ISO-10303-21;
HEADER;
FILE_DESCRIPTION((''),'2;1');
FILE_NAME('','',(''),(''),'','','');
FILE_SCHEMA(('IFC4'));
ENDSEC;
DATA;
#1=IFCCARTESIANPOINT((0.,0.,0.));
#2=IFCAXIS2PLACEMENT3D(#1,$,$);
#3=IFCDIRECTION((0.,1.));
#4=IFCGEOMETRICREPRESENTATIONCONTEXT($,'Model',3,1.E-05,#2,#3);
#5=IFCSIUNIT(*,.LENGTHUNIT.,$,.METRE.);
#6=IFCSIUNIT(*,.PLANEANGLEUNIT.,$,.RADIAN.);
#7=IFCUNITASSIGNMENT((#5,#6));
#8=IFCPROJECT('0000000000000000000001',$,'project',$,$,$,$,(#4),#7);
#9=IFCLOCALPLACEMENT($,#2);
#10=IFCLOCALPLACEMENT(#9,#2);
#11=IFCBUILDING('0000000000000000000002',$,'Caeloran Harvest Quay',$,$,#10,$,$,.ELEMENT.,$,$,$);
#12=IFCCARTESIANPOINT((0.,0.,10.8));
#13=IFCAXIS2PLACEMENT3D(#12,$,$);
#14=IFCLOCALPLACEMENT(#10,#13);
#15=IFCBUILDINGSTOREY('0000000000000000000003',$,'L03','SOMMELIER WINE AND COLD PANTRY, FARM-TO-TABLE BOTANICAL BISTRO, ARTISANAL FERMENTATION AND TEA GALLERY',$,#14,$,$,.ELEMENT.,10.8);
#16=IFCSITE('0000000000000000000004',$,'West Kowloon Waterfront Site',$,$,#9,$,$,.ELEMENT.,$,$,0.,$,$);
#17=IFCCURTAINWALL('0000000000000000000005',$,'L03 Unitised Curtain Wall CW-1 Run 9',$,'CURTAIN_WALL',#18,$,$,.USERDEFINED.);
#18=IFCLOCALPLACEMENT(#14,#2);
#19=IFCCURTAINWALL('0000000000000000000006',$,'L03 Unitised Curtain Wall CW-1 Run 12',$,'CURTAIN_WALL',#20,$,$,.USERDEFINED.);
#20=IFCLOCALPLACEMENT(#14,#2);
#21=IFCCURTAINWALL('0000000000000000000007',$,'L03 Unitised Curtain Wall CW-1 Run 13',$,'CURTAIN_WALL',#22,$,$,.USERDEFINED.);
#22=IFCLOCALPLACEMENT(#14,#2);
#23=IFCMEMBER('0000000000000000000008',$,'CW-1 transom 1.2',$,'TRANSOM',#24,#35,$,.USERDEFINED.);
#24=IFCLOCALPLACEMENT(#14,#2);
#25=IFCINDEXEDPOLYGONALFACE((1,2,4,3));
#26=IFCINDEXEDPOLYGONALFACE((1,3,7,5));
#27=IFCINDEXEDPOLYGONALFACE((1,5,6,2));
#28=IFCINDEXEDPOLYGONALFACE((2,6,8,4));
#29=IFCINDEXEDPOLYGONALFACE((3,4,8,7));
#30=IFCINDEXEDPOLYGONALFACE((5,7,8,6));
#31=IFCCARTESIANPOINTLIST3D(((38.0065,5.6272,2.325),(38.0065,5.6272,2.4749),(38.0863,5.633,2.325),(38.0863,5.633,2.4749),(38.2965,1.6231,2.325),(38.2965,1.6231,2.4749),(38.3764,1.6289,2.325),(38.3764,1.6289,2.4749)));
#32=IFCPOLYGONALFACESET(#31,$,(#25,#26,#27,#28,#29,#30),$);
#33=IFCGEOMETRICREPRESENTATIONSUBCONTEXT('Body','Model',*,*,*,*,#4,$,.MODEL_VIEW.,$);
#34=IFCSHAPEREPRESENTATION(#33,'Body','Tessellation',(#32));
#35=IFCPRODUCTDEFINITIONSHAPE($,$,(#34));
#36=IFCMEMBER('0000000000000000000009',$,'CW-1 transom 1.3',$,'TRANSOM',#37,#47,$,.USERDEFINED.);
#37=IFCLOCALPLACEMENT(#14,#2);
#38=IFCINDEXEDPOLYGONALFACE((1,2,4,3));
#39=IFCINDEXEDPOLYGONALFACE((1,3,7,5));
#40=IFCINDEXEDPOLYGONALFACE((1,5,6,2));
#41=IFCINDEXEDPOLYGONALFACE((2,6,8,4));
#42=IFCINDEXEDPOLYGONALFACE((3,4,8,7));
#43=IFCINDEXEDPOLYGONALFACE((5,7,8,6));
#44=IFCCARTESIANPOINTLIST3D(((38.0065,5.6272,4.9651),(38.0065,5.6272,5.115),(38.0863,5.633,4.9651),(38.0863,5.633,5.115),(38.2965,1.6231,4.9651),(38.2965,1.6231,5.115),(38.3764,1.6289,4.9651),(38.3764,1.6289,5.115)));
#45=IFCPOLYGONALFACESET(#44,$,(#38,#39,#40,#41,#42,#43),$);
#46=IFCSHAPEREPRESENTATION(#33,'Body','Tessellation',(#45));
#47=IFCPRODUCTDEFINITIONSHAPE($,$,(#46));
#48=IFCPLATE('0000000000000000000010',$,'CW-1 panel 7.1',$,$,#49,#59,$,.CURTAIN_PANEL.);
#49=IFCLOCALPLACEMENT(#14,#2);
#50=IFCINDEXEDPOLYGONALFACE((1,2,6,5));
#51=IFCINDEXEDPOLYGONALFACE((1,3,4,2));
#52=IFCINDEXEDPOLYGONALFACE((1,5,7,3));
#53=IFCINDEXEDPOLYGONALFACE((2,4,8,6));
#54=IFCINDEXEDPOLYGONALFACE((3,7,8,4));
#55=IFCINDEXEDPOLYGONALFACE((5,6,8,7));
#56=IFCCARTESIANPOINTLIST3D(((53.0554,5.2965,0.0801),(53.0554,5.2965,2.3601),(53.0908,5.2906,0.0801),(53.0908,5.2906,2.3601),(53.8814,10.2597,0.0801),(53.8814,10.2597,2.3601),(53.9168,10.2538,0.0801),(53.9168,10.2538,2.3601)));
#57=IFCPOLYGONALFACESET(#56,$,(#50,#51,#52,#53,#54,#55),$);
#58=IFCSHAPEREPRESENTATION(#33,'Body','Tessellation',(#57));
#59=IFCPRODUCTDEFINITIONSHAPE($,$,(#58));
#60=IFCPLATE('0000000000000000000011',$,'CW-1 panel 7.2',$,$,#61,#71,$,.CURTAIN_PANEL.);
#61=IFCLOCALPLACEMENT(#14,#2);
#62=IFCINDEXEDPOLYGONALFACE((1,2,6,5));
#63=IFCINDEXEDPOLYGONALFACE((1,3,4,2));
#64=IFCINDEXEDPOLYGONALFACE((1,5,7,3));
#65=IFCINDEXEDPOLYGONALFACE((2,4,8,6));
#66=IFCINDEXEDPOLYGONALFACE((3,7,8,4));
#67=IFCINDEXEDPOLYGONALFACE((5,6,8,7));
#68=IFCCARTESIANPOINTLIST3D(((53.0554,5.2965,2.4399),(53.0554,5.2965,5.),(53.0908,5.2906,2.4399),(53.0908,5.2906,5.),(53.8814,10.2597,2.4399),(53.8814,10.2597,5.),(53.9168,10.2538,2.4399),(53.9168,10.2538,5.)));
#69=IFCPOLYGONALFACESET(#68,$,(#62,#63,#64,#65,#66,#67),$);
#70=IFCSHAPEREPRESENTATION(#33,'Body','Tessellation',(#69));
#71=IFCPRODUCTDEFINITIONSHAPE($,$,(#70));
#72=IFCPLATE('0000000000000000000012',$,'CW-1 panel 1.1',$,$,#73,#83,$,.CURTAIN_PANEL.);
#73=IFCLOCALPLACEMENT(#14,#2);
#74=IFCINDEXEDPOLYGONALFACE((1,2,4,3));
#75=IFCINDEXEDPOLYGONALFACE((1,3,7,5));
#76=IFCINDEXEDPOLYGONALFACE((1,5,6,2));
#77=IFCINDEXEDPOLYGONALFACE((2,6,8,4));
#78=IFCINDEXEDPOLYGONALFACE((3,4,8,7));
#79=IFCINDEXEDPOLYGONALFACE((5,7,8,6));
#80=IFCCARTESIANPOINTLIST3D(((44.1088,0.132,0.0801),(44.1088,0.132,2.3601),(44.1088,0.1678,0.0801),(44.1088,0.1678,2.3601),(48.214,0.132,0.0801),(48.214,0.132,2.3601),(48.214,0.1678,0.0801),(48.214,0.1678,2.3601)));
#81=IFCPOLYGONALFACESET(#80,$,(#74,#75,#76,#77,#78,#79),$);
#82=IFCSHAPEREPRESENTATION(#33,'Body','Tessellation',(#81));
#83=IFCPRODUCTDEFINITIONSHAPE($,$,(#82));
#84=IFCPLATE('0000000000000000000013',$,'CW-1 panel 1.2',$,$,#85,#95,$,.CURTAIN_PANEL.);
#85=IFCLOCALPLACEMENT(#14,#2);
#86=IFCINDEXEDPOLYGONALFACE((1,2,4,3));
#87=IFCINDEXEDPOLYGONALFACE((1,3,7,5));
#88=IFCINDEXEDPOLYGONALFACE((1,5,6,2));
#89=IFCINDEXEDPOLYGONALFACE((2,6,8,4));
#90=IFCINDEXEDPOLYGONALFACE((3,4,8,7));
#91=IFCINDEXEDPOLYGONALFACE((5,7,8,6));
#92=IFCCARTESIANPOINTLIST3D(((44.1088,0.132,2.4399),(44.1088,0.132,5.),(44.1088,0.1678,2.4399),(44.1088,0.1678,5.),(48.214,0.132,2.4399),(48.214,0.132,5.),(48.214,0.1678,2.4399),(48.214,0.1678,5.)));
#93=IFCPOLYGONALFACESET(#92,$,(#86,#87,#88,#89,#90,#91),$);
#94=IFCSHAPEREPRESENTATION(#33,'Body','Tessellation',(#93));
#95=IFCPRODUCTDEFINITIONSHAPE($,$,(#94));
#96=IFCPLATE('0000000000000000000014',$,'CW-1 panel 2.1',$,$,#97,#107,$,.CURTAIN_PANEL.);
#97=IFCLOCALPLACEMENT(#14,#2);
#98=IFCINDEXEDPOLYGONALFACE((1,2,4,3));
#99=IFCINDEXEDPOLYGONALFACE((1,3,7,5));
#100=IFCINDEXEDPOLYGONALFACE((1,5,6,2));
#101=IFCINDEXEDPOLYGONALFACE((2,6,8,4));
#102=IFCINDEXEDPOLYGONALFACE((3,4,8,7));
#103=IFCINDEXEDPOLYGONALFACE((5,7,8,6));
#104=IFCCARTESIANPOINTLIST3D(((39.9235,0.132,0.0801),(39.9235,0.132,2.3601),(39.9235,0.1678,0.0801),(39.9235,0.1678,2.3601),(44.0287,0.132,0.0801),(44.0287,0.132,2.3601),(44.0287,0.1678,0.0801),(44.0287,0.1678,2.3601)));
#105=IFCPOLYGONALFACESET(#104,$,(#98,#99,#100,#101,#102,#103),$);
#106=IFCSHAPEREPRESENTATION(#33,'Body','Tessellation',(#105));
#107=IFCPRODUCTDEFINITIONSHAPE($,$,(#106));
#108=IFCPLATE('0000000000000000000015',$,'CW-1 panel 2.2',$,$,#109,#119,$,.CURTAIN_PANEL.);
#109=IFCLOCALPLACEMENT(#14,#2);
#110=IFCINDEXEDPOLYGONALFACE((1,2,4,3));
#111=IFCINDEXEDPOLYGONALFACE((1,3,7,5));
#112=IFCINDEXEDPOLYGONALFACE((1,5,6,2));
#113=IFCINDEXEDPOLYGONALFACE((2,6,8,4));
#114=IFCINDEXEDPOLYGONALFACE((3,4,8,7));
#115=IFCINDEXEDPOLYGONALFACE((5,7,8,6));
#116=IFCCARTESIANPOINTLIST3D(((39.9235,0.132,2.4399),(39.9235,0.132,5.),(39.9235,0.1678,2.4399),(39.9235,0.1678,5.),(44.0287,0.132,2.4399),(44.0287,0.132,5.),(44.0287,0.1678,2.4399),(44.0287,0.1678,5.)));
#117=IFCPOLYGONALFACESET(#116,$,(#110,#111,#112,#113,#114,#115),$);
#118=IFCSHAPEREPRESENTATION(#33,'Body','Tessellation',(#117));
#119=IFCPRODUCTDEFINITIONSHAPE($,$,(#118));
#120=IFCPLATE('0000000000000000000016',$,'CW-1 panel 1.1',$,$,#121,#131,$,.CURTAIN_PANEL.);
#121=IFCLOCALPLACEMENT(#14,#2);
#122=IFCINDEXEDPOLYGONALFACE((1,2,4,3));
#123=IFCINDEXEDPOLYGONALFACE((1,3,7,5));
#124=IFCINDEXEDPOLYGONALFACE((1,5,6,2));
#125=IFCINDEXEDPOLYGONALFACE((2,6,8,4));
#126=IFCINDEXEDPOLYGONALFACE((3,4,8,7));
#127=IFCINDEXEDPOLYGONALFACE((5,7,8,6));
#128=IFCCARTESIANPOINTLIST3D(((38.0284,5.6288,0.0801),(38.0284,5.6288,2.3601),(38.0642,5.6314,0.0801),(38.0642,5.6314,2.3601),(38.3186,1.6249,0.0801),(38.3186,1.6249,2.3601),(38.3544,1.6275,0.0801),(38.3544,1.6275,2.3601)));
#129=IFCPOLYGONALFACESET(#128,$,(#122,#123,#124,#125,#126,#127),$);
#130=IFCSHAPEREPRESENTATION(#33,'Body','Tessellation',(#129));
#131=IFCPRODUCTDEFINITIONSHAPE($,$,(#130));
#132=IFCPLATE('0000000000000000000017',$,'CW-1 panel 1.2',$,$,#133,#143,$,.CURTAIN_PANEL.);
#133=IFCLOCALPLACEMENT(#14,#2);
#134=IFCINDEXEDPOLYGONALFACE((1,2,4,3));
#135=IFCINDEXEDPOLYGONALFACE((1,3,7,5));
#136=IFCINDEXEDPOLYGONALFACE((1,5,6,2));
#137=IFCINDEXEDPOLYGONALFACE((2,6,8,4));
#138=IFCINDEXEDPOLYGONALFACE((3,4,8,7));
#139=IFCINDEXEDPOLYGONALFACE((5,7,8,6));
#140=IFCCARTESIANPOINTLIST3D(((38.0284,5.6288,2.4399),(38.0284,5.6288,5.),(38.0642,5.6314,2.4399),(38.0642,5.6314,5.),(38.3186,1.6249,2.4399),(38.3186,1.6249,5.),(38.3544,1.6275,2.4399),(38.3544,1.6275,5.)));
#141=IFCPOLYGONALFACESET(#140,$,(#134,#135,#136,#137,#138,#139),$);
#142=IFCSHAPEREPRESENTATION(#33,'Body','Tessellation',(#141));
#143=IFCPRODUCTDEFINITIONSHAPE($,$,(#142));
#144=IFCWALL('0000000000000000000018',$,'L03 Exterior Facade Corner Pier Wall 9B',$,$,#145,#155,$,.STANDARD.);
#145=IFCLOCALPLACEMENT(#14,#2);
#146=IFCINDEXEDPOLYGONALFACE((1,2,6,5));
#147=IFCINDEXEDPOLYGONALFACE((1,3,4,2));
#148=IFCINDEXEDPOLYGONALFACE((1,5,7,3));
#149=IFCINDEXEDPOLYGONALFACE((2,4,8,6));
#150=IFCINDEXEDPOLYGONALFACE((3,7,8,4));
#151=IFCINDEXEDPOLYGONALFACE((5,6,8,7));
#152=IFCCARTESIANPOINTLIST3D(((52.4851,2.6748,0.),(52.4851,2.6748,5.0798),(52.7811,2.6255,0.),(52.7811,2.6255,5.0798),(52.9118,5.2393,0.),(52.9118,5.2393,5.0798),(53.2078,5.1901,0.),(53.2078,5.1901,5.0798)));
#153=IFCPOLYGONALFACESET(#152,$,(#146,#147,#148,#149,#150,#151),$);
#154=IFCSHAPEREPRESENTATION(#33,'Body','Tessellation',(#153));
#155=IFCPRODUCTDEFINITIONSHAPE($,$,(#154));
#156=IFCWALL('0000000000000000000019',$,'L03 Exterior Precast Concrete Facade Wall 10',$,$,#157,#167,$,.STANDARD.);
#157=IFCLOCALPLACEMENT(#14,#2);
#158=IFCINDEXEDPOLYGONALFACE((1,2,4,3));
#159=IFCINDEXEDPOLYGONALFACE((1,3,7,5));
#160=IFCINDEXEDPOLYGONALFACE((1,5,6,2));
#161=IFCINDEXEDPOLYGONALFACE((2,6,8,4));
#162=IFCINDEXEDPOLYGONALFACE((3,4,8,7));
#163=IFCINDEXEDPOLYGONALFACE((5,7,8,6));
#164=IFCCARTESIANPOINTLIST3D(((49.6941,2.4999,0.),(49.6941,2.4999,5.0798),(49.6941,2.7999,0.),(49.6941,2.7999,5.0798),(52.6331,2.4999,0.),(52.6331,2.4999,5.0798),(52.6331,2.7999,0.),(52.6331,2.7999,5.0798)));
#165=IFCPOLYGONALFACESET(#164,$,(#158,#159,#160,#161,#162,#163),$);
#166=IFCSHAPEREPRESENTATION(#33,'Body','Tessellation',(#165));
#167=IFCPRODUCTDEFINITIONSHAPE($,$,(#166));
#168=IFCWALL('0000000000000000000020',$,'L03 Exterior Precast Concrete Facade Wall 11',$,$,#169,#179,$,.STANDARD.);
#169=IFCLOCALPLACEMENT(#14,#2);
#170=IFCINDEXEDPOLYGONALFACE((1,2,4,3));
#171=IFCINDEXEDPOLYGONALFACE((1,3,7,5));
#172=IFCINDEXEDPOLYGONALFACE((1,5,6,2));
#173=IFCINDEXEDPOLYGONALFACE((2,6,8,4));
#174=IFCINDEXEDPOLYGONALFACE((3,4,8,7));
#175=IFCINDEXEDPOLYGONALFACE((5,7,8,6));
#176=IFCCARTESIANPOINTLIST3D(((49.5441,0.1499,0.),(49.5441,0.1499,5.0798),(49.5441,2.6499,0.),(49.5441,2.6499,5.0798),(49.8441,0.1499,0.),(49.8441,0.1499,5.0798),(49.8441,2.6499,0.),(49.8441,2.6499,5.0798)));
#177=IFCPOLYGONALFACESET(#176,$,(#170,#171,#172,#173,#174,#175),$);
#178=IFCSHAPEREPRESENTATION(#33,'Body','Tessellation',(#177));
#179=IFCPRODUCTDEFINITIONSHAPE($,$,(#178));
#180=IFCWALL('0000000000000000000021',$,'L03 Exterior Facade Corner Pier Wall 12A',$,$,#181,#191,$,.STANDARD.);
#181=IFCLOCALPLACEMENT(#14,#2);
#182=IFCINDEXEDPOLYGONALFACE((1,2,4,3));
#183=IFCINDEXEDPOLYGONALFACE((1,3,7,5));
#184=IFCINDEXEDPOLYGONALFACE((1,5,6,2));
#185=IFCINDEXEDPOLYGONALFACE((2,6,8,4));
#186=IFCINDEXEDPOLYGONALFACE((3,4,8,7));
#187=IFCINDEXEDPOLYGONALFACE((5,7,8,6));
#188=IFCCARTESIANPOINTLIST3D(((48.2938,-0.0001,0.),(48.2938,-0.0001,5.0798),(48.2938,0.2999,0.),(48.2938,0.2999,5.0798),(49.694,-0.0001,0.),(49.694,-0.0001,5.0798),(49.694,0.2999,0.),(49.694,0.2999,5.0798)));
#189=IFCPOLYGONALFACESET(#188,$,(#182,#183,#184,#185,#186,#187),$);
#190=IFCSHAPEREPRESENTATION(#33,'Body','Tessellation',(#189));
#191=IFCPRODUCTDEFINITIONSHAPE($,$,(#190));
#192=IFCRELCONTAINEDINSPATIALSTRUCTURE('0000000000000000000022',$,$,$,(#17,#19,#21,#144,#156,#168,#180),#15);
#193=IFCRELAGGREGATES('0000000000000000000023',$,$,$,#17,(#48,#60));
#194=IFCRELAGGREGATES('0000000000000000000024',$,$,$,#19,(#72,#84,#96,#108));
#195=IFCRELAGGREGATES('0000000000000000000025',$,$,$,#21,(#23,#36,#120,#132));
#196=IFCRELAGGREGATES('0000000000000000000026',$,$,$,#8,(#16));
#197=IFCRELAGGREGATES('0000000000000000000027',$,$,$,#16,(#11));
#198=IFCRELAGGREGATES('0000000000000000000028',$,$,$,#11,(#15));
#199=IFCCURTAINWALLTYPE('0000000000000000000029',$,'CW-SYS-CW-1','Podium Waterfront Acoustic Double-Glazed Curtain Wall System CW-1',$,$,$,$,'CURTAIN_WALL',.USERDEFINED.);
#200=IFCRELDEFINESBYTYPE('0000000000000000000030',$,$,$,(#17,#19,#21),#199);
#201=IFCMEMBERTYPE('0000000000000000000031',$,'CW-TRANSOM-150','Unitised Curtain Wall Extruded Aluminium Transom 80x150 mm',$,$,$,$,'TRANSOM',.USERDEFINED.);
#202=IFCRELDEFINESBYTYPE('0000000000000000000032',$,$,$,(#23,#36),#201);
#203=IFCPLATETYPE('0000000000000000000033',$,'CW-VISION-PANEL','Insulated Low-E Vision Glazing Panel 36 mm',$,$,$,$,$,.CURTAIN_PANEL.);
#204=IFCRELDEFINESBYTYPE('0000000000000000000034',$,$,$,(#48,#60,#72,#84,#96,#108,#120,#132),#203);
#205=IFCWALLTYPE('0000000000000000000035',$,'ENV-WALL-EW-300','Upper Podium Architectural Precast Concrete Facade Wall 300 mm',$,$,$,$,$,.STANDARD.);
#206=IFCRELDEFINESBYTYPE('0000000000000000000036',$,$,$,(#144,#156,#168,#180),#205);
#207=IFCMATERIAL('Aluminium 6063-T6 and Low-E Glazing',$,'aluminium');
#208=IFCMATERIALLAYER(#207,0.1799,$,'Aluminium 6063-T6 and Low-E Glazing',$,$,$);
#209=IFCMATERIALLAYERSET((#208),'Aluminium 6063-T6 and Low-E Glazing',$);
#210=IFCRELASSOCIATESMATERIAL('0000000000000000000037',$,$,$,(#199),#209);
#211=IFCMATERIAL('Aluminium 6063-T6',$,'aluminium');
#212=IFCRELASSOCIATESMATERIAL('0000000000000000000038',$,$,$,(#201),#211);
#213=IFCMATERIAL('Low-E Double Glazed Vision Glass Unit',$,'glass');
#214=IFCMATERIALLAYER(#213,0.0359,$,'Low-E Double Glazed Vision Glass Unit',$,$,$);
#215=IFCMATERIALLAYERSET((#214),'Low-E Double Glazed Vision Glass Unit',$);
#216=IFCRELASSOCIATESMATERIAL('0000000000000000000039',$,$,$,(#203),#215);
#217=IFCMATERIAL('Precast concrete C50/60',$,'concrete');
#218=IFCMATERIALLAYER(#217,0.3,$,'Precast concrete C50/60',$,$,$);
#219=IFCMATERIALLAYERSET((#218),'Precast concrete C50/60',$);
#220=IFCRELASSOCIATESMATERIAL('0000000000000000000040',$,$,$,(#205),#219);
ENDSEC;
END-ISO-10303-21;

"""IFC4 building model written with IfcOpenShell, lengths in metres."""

from ifc_helpers import new_model, si_unit, direction, frame, frame_2d, origin, origin_2d, place, context, subcontext, project, spatial, rectangle, extrude, material, layer, layer_set, material_profile, profile_set, type_object, element, aggregate, save


model = new_model("IFC4")

# Units and contexts
model_context = context("Model", 3, precision=1e-05, world=origin(), true_north=direction((0.0, 1.0)))
body_context = subcontext(model_context, "Body", "Model", "MODEL_VIEW")
ifc_project = project(units=[si_unit("LENGTHUNIT", "METRE"), si_unit("PLANEANGLEUNIT", "RADIAN")], contexts=[model_context])

# Site, building, storey
site_placement = place(None, origin())
site = spatial("IfcSite", under=ifc_project, at=site_placement, Name="West Kowloon Waterfront Site", CompositionType="ELEMENT", RefElevation=0.0)
building_placement = place(site_placement, origin())
building = spatial("IfcBuilding", under=site, at=building_placement, Name="Caeloran Harvest Quay", CompositionType="ELEMENT")
storey_placement = place(building_placement, frame((0.0, 0.0, 10.8)))
storey = spatial("IfcBuildingStorey", under=building, at=storey_placement, Name="L03", Description="SOMMELIER WINE AND COLD PANTRY, FARM-TO-TABLE BOTANICAL BISTRO, ARTISANAL FERMENTATION AND TEA GALLERY", CompositionType="ELEMENT", Elevation=10.8)

# Curtain wall
ifc_material_1 = material(Name="Aluminium 6063-T6 and Low-E Glazing", Category="aluminium")
ifc_layer_1 = layer(ifc_material_1, 0.1799, Name="Aluminium 6063-T6 and Low-E Glazing")
ifc_layer_set_1 = layer_set([ifc_layer_1], Name="Aluminium 6063-T6 and Low-E Glazing")
curtain_wall_type = type_object("IfcCurtainWallType", Name="CW-SYS-CW-1", Description="Podium Waterfront Acoustic Double-Glazed Curtain Wall System CW-1", ElementType="CURTAIN_WALL", PredefinedType="USERDEFINED", material=ifc_layer_set_1)
curtain_wall_1_placement = place(storey_placement, origin())
curtain_wall_1 = element("IfcCurtainWall", 1, at=curtain_wall_1_placement, inside=storey, type_object=curtain_wall_type, Name="L03 Unitised Curtain Wall CW-1 Run 9", ObjectType="CURTAIN_WALL", PredefinedType="USERDEFINED")
ifc_material_2 = material(Name="Aluminium 6063-T6", Category="aluminium")

# Curtain walls
curtain_wall_2_placement = place(storey_placement, origin())
curtain_wall_2 = element("IfcCurtainWall", 2, at=curtain_wall_2_placement, inside=storey, type_object=curtain_wall_type, Name="L03 Unitised Curtain Wall CW-1 Run 12", ObjectType="CURTAIN_WALL", PredefinedType="USERDEFINED")
curtain_wall_3_placement = place(storey_placement, origin())
curtain_wall_3 = element("IfcCurtainWall", 3, at=curtain_wall_3_placement, inside=storey, type_object=curtain_wall_type, Name="L03 Unitised Curtain Wall CW-1 Run 13", ObjectType="CURTAIN_WALL", PredefinedType="USERDEFINED")

# Members
ifc_material_profile_1 = material_profile(ifc_material_2, rectangle(XDim=0.0801, YDim=0.1499, at=origin_2d()), Name="CW-TRANSOM-150")
ifc_profile_set_1 = profile_set([ifc_material_profile_1], Name="Aluminium 6063-T6")
member_type_1 = type_object("IfcMemberType", Name="CW-TRANSOM-150", Description="Unitised Curtain Wall Extruded Aluminium Transom 80x150 mm", ElementType="TRANSOM", PredefinedType="USERDEFINED", material=ifc_profile_set_1)
member_1_placement = place(storey_placement, frame((38.3364, 1.626, 2.3999), z_axis=(-0.072245, 0.997387, 0.0), x_axis=(-0.997387, -0.072245, 0.0)))
member_1 = element("IfcMember", 4, at=member_1_placement, type_object=member_type_1, Name="CW-1 transom 1.2", ObjectType="TRANSOM", PredefinedType="USERDEFINED", context=body_context, shape_type="SweptSolid", body=[
    extrude(rectangle(XDim=0.0801, YDim=0.1499, at=origin_2d()), origin(), (0.0, 0.0, 1.0), 4.0146),
])
member_2_placement = place(storey_placement, frame((38.3364, 1.626, 5.04), z_axis=(-0.072245, 0.997387, 0.0), x_axis=(-0.997387, -0.072245, 0.0)))
member_2 = element("IfcMember", 5, at=member_2_placement, type_object=member_type_1, Name="CW-1 transom 1.3", ObjectType="TRANSOM", PredefinedType="USERDEFINED", context=body_context, shape_type="SweptSolid", body=[
    extrude(rectangle(XDim=0.0801, YDim=0.1499, at=origin_2d()), origin(), (0.0, 0.0, 1.0), 4.0146),
])

# Plates
ifc_material_3 = material(Name="Low-E Double Glazed Vision Glass Unit", Category="glass")
ifc_layer_2 = layer(ifc_material_3, 0.0359, Name="Low-E Double Glazed Vision Glass Unit")
ifc_layer_set_2 = layer_set([ifc_layer_2], Name="Low-E Double Glazed Vision Glass Unit")
plate_type = type_object("IfcPlateType", Name="CW-VISION-PANEL", Description="Insulated Low-E Vision Glazing Panel 36 mm", PredefinedType="CURTAIN_PANEL", material=ifc_layer_set_2)
plate_1_placement = place(storey_placement, frame((53.4861, 7.7751, 0.0801), z_axis=(0.0, 0.0, 1.0), x_axis=(-0.164174, -0.986431, 0.0)))
plate_1 = element("IfcPlate", 6, at=plate_1_placement, type_object=plate_type, Name="CW-1 panel 7.1", PredefinedType="CURTAIN_PANEL", context=body_context, shape_type="SweptSolid", body=[
    extrude(rectangle(XDim=5.0315, YDim=0.0359, at=origin_2d()), origin(), (0.0, 0.0, 1.0), 2.28),
])
plate_2_placement = place(storey_placement, frame((53.4861, 7.7751, 2.4399), z_axis=(0.0, 0.0, 1.0), x_axis=(-0.164174, -0.986431, 0.0)))
plate_2 = element("IfcPlate", 7, at=plate_2_placement, type_object=plate_type, Name="CW-1 panel 7.2", PredefinedType="CURTAIN_PANEL", context=body_context, shape_type="SweptSolid", body=[
    extrude(rectangle(XDim=5.0315, YDim=0.0359, at=origin_2d()), origin(), (0.0, 0.0, 1.0), 2.5601),
])
aggregate(curtain_wall_1, [plate_1, plate_2])
plate_3_placement = place(storey_placement, frame((46.1614, 0.1499, 0.0801), z_axis=(0.0, 0.0, 1.0), x_axis=(-1.0, 0.0, 0.0)))
plate_3 = element("IfcPlate", 8, at=plate_3_placement, type_object=plate_type, Name="CW-1 panel 1.1", PredefinedType="CURTAIN_PANEL", context=body_context, shape_type="SweptSolid", body=[
    extrude(rectangle(XDim=4.1052, YDim=0.0359, at=origin_2d()), origin(), (0.0, 0.0, 1.0), 2.28),
])
plate_4_placement = place(storey_placement, frame((46.1614, 0.1499, 2.4399), z_axis=(0.0, 0.0, 1.0), x_axis=(-1.0, 0.0, 0.0)))
plate_4 = element("IfcPlate", 9, at=plate_4_placement, type_object=plate_type, Name="CW-1 panel 1.2", PredefinedType="CURTAIN_PANEL", context=body_context, shape_type="SweptSolid", body=[
    extrude(rectangle(XDim=4.1052, YDim=0.0359, at=origin_2d()), origin(), (0.0, 0.0, 1.0), 2.5601),
])
plate_5_placement = place(storey_placement, frame((41.9761, 0.1499, 0.0801), z_axis=(0.0, 0.0, 1.0), x_axis=(-1.0, 0.0, 0.0)))
plate_5 = element("IfcPlate", 10, at=plate_5_placement, type_object=plate_type, Name="CW-1 panel 2.1", PredefinedType="CURTAIN_PANEL", context=body_context, shape_type="SweptSolid", body=[
    extrude(rectangle(XDim=4.1052, YDim=0.0359, at=origin_2d()), origin(), (0.0, 0.0, 1.0), 2.28),
])
plate_6_placement = place(storey_placement, frame((41.9761, 0.1499, 2.4399), z_axis=(0.0, 0.0, 1.0), x_axis=(-1.0, 0.0, 0.0)))
plate_6 = element("IfcPlate", 11, at=plate_6_placement, type_object=plate_type, Name="CW-1 panel 2.2", PredefinedType="CURTAIN_PANEL", context=body_context, shape_type="SweptSolid", body=[
    extrude(rectangle(XDim=4.1052, YDim=0.0359, at=origin_2d()), origin(), (0.0, 0.0, 1.0), 2.5601),
])
aggregate(curtain_wall_2, [plate_3, plate_4, plate_5, plate_6])
plate_7_placement = place(storey_placement, frame((38.1914, 3.6282, 0.0801), z_axis=(0.0, 0.0, 1.0), x_axis=(-0.072271, 0.997385, 0.0)))
plate_7 = element("IfcPlate", 12, at=plate_7_placement, type_object=plate_type, Name="CW-1 panel 1.1", PredefinedType="CURTAIN_PANEL", context=body_context, shape_type="SweptSolid", body=[
    extrude(rectangle(XDim=4.0144, YDim=0.0359, at=origin_2d()), origin(), (0.0, 0.0, 1.0), 2.28),
])
plate_8_placement = place(storey_placement, frame((38.1914, 3.6282, 2.4399), z_axis=(0.0, 0.0, 1.0), x_axis=(-0.072271, 0.997385, 0.0)))
plate_8 = element("IfcPlate", 13, at=plate_8_placement, type_object=plate_type, Name="CW-1 panel 1.2", PredefinedType="CURTAIN_PANEL", context=body_context, shape_type="SweptSolid", body=[
    extrude(rectangle(XDim=4.0144, YDim=0.0359, at=origin_2d()), origin(), (0.0, 0.0, 1.0), 2.5601),
])
aggregate(curtain_wall_3, [member_1, member_2, plate_7, plate_8])

# Walls
ifc_material_4 = material(Name="Precast concrete C50/60", Category="concrete")
ifc_layer_3 = layer(ifc_material_4, 0.3, Name="Precast concrete C50/60")
ifc_layer_set_3 = layer_set([ifc_layer_3], Name="Precast concrete C50/60")
wall_type_1 = type_object("IfcWallType", Name="ENV-WALL-EW-300", Description="Upper Podium Architectural Precast Concrete Facade Wall 300 mm", PredefinedType="STANDARD", material=ifc_layer_set_3)
wall_1_placement = place(storey_placement, frame((53.0598, 5.2146, 0.0), z_axis=(0.0, 0.0, 1.0), x_axis=(-0.16414, -0.986437, 0.0)))
element("IfcWall", 14, at=wall_1_placement, inside=storey, type_object=wall_type_1, Name="L03 Exterior Facade Corner Pier Wall 9B", PredefinedType="STANDARD", context=body_context, shape_type="SweptSolid", body=[
    extrude(rectangle(XDim=2.5999, YDim=0.3, at=frame_2d((1.2998, 0.0))), origin(), (0.0, 0.0, 1.0), 5.0798),
])
wall_2_placement = place(storey_placement, frame((52.6331, 2.6499, 0.0), z_axis=(0.0, 0.0, 1.0), x_axis=(-1.0, 0.0, 0.0)))
element("IfcWall", 15, at=wall_2_placement, inside=storey, type_object=wall_type_1, Name="L03 Exterior Precast Concrete Facade Wall 10", PredefinedType="STANDARD", context=body_context, shape_type="SweptSolid", body=[
    extrude(rectangle(XDim=2.939, YDim=0.3, at=frame_2d((1.4695, 0.0))), origin(), (0.0, 0.0, 1.0), 5.0798),
])
wall_3_placement = place(storey_placement, frame((49.6941, 2.6499, 0.0), z_axis=(0.0, 0.0, 1.0), x_axis=(0.0, -1.0, 0.0)))
element("IfcWall", 16, at=wall_3_placement, inside=storey, type_object=wall_type_1, Name="L03 Exterior Precast Concrete Facade Wall 11", PredefinedType="STANDARD", context=body_context, shape_type="SweptSolid", body=[
    extrude(rectangle(XDim=2.5, YDim=0.3, at=frame_2d((1.25, 0.0))), origin(), (0.0, 0.0, 1.0), 5.0798),
])
wall_4_placement = place(storey_placement, frame((49.6941, 0.1499, 0.0), z_axis=(0.0, 0.0, 1.0), x_axis=(-1.0, 0.0, 0.0)))
element("IfcWall", 17, at=wall_4_placement, inside=storey, type_object=wall_type_1, Name="L03 Exterior Facade Corner Pier Wall 12A", PredefinedType="STANDARD", context=body_context, shape_type="SweptSolid", body=[
    extrude(rectangle(XDim=1.4001, YDim=0.3, at=frame_2d((0.7002, 0.0))), origin(), (0.0, 0.0, 1.0), 5.0798),
])

save(model, "model.ifc")
